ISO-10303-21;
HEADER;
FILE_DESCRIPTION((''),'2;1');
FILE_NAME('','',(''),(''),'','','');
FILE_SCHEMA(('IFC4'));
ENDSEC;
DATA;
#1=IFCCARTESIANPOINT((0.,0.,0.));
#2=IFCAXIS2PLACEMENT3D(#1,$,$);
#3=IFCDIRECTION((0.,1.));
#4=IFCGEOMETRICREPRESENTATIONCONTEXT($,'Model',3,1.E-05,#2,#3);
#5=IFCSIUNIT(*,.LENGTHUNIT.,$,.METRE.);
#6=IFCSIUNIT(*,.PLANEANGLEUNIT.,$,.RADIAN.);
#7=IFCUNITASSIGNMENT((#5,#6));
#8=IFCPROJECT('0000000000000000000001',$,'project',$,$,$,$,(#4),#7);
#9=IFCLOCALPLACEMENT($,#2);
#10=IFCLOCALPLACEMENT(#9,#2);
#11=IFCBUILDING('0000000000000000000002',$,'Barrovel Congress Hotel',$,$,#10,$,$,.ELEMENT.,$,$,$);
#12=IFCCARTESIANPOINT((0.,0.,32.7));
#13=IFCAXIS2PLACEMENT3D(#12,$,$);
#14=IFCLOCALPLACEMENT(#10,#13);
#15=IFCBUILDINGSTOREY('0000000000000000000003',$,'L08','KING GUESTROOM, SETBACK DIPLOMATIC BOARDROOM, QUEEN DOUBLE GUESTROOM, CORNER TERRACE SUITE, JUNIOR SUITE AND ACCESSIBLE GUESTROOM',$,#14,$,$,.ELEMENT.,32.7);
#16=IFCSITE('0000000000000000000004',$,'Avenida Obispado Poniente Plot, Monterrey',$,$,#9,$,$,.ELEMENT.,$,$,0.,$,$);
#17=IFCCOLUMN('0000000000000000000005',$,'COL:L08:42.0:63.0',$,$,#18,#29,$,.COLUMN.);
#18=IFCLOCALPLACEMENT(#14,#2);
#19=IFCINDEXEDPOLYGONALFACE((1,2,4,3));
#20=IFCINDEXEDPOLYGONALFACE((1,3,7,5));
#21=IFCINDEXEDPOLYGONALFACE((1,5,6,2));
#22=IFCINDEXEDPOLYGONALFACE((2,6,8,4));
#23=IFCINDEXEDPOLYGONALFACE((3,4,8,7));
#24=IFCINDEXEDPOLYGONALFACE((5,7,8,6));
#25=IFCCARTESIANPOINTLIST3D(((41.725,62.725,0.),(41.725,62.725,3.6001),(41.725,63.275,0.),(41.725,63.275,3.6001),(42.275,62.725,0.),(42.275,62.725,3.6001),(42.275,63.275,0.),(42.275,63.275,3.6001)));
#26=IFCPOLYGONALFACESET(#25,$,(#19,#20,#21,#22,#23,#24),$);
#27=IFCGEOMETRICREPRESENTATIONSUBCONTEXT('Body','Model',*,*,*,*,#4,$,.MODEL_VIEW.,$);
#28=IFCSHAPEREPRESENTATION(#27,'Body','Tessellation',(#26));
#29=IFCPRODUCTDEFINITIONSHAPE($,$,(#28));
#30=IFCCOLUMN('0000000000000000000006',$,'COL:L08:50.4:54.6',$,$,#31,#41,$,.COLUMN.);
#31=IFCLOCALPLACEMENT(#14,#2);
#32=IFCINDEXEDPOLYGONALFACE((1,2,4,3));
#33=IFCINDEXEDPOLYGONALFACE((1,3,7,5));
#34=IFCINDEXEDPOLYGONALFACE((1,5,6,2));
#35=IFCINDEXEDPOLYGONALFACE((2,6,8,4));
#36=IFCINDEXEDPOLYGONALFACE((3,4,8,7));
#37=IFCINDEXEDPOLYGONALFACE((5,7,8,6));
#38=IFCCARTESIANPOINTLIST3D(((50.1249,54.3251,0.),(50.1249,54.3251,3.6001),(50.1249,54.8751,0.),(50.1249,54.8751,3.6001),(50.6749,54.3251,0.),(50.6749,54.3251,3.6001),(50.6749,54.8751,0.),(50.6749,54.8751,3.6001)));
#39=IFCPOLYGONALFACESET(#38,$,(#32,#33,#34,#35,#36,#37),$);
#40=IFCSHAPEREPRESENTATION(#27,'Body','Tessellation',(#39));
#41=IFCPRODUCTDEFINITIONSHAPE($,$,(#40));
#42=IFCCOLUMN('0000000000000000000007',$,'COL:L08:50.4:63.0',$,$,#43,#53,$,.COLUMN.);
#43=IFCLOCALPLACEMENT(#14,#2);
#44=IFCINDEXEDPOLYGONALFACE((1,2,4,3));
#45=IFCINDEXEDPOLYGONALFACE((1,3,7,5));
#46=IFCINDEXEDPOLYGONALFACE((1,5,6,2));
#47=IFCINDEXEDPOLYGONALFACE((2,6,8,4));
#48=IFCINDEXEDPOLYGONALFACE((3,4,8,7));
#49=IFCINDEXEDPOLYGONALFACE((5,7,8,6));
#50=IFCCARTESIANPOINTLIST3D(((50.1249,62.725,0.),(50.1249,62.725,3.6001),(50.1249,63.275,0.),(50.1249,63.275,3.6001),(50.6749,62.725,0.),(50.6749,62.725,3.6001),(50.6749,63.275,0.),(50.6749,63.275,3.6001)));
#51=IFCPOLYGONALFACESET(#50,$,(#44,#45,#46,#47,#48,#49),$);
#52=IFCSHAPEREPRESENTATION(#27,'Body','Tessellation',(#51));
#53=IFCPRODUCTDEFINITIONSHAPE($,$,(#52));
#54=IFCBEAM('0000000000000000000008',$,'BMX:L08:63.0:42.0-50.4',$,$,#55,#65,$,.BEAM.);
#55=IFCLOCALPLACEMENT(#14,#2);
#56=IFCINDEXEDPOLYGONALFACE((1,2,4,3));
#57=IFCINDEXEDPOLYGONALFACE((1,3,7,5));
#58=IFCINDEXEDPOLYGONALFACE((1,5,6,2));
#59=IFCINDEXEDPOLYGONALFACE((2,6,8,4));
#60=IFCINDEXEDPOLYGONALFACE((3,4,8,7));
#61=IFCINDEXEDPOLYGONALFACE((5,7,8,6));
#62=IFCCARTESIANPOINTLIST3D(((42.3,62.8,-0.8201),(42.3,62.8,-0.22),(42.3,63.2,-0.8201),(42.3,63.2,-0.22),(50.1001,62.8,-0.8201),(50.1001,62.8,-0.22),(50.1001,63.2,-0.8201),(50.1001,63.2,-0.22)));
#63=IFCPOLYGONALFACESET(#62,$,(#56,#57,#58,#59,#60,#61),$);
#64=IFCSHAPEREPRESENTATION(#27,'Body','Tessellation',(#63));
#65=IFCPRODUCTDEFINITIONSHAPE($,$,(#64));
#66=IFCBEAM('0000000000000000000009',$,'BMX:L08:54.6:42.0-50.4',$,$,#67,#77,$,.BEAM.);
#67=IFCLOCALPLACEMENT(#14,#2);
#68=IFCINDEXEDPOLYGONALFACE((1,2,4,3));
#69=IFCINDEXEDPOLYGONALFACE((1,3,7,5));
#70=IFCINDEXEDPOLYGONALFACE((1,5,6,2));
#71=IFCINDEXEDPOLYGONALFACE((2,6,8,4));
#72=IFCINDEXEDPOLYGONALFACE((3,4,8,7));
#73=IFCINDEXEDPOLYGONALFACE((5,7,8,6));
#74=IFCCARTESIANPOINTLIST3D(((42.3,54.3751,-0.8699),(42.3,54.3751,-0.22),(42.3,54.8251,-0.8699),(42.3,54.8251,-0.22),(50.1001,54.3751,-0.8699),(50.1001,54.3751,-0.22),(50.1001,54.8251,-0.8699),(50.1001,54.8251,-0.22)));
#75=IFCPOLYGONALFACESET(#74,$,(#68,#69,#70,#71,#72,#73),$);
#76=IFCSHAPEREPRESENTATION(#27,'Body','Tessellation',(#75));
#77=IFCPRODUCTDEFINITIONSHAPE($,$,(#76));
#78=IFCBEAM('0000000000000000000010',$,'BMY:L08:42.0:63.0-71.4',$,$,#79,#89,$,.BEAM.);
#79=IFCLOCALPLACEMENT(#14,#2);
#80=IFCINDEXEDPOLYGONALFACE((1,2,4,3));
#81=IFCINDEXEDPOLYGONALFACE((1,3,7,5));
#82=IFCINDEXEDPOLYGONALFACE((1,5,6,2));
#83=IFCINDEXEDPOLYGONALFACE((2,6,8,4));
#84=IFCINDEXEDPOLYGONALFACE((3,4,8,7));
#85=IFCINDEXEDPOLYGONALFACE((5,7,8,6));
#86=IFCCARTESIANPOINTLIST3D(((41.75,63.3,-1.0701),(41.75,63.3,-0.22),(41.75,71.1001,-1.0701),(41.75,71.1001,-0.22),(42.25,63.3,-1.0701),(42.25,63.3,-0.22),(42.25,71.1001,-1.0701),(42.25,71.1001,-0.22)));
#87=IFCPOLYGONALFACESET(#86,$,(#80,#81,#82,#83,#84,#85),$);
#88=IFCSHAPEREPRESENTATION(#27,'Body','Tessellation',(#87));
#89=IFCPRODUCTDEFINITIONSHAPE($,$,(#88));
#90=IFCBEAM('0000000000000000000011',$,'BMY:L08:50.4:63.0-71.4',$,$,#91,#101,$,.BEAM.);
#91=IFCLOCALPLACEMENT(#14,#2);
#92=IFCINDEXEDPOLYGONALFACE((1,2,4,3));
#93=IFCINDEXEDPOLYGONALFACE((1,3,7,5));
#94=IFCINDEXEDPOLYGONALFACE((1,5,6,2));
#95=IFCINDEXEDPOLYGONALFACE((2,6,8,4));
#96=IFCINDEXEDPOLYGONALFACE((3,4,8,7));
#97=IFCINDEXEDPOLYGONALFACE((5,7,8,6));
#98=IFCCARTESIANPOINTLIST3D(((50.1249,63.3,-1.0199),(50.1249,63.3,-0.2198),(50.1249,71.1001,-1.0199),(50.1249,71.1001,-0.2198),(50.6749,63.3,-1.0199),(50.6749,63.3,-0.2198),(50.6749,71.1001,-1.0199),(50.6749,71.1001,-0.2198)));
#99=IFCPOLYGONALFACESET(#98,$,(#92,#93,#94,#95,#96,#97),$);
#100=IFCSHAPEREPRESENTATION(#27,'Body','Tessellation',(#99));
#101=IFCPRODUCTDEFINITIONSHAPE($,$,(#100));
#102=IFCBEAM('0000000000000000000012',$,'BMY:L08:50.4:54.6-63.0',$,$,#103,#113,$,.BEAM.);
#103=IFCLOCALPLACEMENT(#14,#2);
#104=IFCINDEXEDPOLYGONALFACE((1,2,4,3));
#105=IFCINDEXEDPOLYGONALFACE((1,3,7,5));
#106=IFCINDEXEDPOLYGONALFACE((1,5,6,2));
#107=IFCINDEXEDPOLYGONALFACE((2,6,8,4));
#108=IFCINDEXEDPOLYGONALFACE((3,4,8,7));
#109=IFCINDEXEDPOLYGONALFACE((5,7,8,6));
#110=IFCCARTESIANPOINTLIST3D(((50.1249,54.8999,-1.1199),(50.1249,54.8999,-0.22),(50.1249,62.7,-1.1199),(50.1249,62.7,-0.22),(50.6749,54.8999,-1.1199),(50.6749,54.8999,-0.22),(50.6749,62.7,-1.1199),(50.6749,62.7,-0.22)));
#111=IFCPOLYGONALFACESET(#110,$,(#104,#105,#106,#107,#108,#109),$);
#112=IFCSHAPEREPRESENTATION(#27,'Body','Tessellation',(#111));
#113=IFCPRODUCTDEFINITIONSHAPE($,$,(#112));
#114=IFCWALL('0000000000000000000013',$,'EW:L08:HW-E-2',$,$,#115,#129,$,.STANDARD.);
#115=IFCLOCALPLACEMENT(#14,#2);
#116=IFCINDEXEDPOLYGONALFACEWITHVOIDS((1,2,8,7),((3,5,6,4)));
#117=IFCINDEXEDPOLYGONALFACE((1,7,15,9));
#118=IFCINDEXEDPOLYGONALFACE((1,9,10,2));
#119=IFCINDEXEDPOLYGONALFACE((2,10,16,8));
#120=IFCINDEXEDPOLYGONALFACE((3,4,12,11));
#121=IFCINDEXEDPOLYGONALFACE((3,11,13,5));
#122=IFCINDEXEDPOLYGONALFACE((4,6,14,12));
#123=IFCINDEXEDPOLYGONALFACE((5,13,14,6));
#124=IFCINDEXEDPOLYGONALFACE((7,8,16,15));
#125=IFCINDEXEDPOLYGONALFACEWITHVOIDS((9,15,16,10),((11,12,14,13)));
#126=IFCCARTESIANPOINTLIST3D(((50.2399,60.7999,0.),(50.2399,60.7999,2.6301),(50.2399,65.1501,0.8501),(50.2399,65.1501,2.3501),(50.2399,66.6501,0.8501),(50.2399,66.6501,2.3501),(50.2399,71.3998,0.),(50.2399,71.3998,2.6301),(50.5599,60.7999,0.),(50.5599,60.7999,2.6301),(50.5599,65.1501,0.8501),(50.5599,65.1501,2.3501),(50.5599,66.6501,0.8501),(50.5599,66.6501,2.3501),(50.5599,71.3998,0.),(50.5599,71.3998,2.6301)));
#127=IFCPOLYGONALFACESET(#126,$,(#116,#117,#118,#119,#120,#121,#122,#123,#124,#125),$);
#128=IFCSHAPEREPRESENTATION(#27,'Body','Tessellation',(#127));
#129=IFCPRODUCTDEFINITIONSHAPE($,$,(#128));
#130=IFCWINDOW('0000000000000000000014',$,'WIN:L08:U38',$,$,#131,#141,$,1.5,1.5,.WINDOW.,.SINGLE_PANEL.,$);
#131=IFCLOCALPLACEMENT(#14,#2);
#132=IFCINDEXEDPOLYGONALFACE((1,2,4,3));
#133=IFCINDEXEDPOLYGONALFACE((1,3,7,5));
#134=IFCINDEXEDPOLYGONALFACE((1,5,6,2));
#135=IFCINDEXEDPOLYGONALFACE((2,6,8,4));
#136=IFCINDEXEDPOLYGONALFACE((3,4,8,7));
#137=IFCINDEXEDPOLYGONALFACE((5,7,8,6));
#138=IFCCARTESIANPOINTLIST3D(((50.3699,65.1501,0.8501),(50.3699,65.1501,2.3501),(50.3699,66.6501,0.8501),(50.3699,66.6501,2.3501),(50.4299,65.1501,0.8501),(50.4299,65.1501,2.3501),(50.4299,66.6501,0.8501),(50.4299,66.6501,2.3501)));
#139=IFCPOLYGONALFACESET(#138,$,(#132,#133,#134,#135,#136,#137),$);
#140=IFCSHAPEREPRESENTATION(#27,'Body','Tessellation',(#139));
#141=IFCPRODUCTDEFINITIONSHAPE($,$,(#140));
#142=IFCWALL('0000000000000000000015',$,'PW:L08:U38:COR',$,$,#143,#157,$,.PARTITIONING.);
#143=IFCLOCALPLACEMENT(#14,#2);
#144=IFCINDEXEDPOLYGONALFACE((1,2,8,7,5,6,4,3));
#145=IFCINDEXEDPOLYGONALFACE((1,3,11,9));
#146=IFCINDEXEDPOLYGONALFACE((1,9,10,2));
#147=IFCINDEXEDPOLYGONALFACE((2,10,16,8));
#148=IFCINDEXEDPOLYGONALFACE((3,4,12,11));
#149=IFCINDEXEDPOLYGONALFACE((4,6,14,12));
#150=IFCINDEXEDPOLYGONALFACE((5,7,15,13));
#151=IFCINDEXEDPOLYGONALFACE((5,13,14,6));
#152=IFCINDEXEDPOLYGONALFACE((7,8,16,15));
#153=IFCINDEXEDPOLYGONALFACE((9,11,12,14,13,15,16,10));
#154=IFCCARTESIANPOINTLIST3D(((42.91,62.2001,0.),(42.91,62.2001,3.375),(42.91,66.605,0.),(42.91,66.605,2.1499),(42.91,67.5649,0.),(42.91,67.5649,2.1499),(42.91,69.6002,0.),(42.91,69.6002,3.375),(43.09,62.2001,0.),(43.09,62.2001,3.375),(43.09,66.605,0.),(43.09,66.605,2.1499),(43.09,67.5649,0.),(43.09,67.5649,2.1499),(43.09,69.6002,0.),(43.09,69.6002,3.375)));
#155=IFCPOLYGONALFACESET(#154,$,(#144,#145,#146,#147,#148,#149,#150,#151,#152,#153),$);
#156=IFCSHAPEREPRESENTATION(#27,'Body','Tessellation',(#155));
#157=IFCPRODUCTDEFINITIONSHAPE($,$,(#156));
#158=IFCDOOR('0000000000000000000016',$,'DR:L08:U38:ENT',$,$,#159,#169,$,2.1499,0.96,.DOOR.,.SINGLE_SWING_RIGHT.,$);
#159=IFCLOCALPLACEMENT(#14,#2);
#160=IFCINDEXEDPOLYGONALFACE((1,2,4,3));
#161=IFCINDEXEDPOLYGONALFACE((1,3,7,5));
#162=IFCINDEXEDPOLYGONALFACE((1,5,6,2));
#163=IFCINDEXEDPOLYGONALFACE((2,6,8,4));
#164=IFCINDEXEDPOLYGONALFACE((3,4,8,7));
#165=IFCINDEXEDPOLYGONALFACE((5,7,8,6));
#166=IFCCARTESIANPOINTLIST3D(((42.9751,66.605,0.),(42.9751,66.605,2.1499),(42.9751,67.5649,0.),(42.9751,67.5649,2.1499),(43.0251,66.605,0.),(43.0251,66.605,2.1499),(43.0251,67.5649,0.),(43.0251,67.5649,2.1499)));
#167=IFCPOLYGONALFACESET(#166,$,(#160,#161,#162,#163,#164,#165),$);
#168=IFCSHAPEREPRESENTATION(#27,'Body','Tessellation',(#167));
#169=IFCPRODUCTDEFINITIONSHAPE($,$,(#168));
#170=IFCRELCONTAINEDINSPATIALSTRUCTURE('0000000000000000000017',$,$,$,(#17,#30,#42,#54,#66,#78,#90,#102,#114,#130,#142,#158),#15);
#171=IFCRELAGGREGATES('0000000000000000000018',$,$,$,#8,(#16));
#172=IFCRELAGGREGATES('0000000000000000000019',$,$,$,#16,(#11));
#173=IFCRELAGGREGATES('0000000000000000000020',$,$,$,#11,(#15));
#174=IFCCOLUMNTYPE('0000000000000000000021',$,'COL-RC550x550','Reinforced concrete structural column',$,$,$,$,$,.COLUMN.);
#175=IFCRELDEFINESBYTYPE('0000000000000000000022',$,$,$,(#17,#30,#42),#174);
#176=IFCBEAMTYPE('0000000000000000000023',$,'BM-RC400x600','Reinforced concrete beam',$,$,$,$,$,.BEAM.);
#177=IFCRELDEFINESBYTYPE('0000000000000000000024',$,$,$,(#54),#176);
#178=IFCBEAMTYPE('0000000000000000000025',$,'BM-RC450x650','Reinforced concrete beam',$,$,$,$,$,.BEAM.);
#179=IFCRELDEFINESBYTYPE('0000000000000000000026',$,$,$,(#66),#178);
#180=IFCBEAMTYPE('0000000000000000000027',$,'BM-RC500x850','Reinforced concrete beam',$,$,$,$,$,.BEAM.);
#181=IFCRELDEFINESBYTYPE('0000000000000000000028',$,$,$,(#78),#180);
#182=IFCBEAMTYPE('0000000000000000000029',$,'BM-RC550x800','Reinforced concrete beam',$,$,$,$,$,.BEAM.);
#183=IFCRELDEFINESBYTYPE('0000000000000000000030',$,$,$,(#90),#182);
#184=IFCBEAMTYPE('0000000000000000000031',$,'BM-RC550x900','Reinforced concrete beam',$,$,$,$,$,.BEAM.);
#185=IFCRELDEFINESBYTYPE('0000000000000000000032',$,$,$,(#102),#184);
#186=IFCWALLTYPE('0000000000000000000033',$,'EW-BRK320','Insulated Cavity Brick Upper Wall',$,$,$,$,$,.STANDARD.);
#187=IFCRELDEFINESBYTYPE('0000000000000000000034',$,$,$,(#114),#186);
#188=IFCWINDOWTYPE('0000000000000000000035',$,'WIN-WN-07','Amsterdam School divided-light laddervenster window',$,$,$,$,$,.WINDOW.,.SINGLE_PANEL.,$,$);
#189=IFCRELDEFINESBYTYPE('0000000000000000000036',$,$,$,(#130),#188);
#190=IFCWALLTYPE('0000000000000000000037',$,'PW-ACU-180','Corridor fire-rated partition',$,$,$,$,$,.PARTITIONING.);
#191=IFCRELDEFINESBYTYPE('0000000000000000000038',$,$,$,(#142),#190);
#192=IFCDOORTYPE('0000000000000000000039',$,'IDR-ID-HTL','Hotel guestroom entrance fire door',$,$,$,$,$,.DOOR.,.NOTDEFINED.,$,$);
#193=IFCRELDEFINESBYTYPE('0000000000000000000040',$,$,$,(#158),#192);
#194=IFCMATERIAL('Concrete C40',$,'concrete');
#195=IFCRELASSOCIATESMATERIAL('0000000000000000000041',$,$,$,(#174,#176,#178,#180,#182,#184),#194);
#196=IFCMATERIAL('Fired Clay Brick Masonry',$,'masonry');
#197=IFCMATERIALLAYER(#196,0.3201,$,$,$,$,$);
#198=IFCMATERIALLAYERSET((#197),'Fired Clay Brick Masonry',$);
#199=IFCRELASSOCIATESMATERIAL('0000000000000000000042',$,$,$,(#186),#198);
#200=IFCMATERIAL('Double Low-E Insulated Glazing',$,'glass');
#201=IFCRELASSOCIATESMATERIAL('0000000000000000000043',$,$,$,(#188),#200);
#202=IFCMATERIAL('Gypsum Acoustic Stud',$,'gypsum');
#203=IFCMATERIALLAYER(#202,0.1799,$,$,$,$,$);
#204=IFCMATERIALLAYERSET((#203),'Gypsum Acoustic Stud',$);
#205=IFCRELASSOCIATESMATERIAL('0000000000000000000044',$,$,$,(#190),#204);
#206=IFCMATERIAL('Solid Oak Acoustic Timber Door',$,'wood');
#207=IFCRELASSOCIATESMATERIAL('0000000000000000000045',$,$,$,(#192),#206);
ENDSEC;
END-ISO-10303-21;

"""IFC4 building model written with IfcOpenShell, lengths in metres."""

from ifc_helpers import new_model, si_unit, direction, frame, frame_2d, origin, origin_2d, place, context, subcontext, project, spatial, rectangle, extrude, material, layer, layer_set, material_profile, profile_set, type_object, element, fill, save


model = new_model("IFC4")

# Units and contexts
model_context = context("Model", 3, precision=1e-05, world=origin(), true_north=direction((0.0, 1.0)))
body_context = subcontext(model_context, "Body", "Model", "MODEL_VIEW")
ifc_project = project(units=[si_unit("LENGTHUNIT", "METRE"), si_unit("PLANEANGLEUNIT", "RADIAN")], contexts=[model_context])

# Site, building, storey
site_placement = place(None, origin())
site = spatial("IfcSite", under=ifc_project, at=site_placement, Name="Avenida Obispado Poniente Plot, Monterrey", CompositionType="ELEMENT", RefElevation=0.0)
building_placement = place(site_placement, origin())
building = spatial("IfcBuilding", under=site, at=building_placement, Name="Barrovel Congress Hotel", CompositionType="ELEMENT")
storey_placement = place(building_placement, frame((0.0, 0.0, 32.7)))
storey = spatial("IfcBuildingStorey", under=building, at=storey_placement, Name="L08", Description="KING GUESTROOM, SETBACK DIPLOMATIC BOARDROOM, QUEEN DOUBLE GUESTROOM, CORNER TERRACE SUITE, JUNIOR SUITE AND ACCESSIBLE GUESTROOM", CompositionType="ELEMENT", Elevation=32.7)

# Columns
ifc_material_1 = material(Name="Concrete C40", Category="concrete")
ifc_material_profile_1 = material_profile(ifc_material_1, rectangle(XDim=0.55, YDim=0.55, at=origin_2d()), Name="RC550x550")
ifc_profile_set_1 = profile_set([ifc_material_profile_1], Name="Concrete C40")
column_type = type_object("IfcColumnType", Name="COL-RC550x550", Description="Reinforced concrete structural column", PredefinedType="COLUMN", material=ifc_profile_set_1)
for number, where, z_axis, x_axis, name in (
    (1, (42.0, 63.0, 0.0), (0.0, 0.0, 1.0), (1.0, 0.0, 0.0), "COL:L08:42.0:63.0"),
    (2, (50.3999, 54.6001, 0.0), (0.0, 0.0, 1.0), (1.0, 0.0, 0.0), "COL:L08:50.4:54.6"),
    (3, (50.3999, 63.0, 0.0), (0.0, 0.0, 1.0), (1.0, 0.0, 0.0), "COL:L08:50.4:63.0"),
):
    element("IfcColumn", number, at=place(storey_placement, frame(where, z_axis=z_axis, x_axis=x_axis)), inside=storey, type_object=column_type, Name=name, PredefinedType="COLUMN", context=body_context, shape_type="SweptSolid", body=[
        extrude(rectangle(XDim=0.55, YDim=0.55, at=origin_2d()), origin(), (0.0, 0.0, 1.0), 3.6001),
    ])

# Beams
ifc_material_profile_2 = material_profile(ifc_material_1, rectangle(XDim=0.3999, YDim=0.6001, at=origin_2d()), Name="RC400x600")
ifc_profile_set_2 = profile_set([ifc_material_profile_2], Name="Concrete C40")
beam_type_1 = type_object("IfcBeamType", Name="BM-RC400x600", Description="Reinforced concrete beam", PredefinedType="BEAM", material=ifc_profile_set_2)
beam_1_placement = place(storey_placement, frame((42.3, 63.0, -0.52), z_axis=(1.0, 0.0, 0.0), x_axis=(0.0, 1.0, 0.0)))
element("IfcBeam", 4, at=beam_1_placement, inside=storey, type_object=beam_type_1, Name="BMX:L08:63.0:42.0-50.4", PredefinedType="BEAM", context=body_context, shape_type="SweptSolid", body=[
    extrude(rectangle(XDim=0.3999, YDim=0.6001, at=origin_2d()), origin(), (0.0, 0.0, 1.0), 7.8),
])
ifc_material_profile_3 = material_profile(ifc_material_1, rectangle(XDim=0.45, YDim=0.6499, at=origin_2d()), Name="RC450x650")
ifc_profile_set_3 = profile_set([ifc_material_profile_3], Name="Concrete C40")
beam_type_2 = type_object("IfcBeamType", Name="BM-RC450x650", Description="Reinforced concrete beam", PredefinedType="BEAM", material=ifc_profile_set_3)
beam_2_placement = place(storey_placement, frame((42.3, 54.6001, -0.5449), z_axis=(1.0, 0.0, 0.0), x_axis=(0.0, 1.0, 0.0)))
element("IfcBeam", 5, at=beam_2_placement, inside=storey, type_object=beam_type_2, Name="BMX:L08:54.6:42.0-50.4", PredefinedType="BEAM", context=body_context, shape_type="SweptSolid", body=[
    extrude(rectangle(XDim=0.45, YDim=0.6499, at=origin_2d()), origin(), (0.0, 0.0, 1.0), 7.8),
])
ifc_material_profile_4 = material_profile(ifc_material_1, rectangle(XDim=0.5, YDim=0.8501, at=origin_2d()), Name="RC500x850")
ifc_profile_set_4 = profile_set([ifc_material_profile_4], Name="Concrete C40")
beam_type_3 = type_object("IfcBeamType", Name="BM-RC500x850", Description="Reinforced concrete beam", PredefinedType="BEAM", material=ifc_profile_set_4)
beam_3_placement = place(storey_placement, frame((42.0, 63.3, -0.645), z_axis=(0.0, 1.0, 0.0), x_axis=(-1.0, 0.0, 0.0)))
element("IfcBeam", 6, at=beam_3_placement, inside=storey, type_object=beam_type_3, Name="BMY:L08:42.0:63.0-71.4", PredefinedType="BEAM", context=body_context, shape_type="SweptSolid", body=[
    extrude(rectangle(XDim=0.5, YDim=0.8501, at=origin_2d()), origin(), (0.0, 0.0, 1.0), 7.8),
])
ifc_material_profile_5 = material_profile(ifc_material_1, rectangle(XDim=0.55, YDim=0.8, at=origin_2d()), Name="RC550x800")
ifc_profile_set_5 = profile_set([ifc_material_profile_5], Name="Concrete C40")
beam_type_4 = type_object("IfcBeamType", Name="BM-RC550x800", Description="Reinforced concrete beam", PredefinedType="BEAM", material=ifc_profile_set_5)
beam_4_placement = place(storey_placement, frame((50.3999, 63.3, -0.6199), z_axis=(0.0, 1.0, 0.0), x_axis=(-1.0, 0.0, 0.0)))
element("IfcBeam", 7, at=beam_4_placement, inside=storey, type_object=beam_type_4, Name="BMY:L08:50.4:63.0-71.4", PredefinedType="BEAM", context=body_context, shape_type="SweptSolid", body=[
    extrude(rectangle(XDim=0.55, YDim=0.8, at=origin_2d()), origin(), (0.0, 0.0, 1.0), 7.8),
])
ifc_material_profile_6 = material_profile(ifc_material_1, rectangle(XDim=0.55, YDim=0.8999, at=origin_2d()), Name="RC550x900")
ifc_profile_set_6 = profile_set([ifc_material_profile_6], Name="Concrete C40")
beam_type_5 = type_object("IfcBeamType", Name="BM-RC550x900", Description="Reinforced concrete beam", PredefinedType="BEAM", material=ifc_profile_set_6)
beam_5_placement = place(storey_placement, frame((50.3999, 54.8999, -0.6699), z_axis=(0.0, 1.0, 0.0), x_axis=(-1.0, 0.0, 0.0)))
element("IfcBeam", 8, at=beam_5_placement, inside=storey, type_object=beam_type_5, Name="BMY:L08:50.4:54.6-63.0", PredefinedType="BEAM", context=body_context, shape_type="SweptSolid", body=[
    extrude(rectangle(XDim=0.55, YDim=0.8999, at=origin_2d()), origin(), (0.0, 0.0, 1.0), 7.8),
])

# Wall, opening, window
ifc_material_2 = material(Name="Fired Clay Brick Masonry", Category="masonry")
ifc_layer_1 = layer(ifc_material_2, 0.3201)
ifc_layer_set_1 = layer_set([ifc_layer_1], Name="Fired Clay Brick Masonry")
wall_type_1 = type_object("IfcWallType", Name="EW-BRK320", Description="Insulated Cavity Brick Upper Wall", PredefinedType="STANDARD", material=ifc_layer_set_1)
wall_1_placement = place(storey_placement, frame((50.3999, 60.8, 0.0), z_axis=(0.0, 0.0, 1.0), x_axis=(0.0, 1.0, 0.0)))
wall_1 = element("IfcWall", 9, at=wall_1_placement, inside=storey, type_object=wall_type_1, Name="EW:L08:HW-E-2", PredefinedType="STANDARD", context=body_context, shape_type="SweptSolid", body=[
    extrude(rectangle(XDim=10.5999, YDim=0.3201, at=frame_2d((5.2998, 0.0))), origin(), (0.0, 0.0, 1.0), 2.6301),
])
opening_1_placement = place(wall_1_placement, frame((4.3501, 0.0, 0.8501)))
opening_1 = element("IfcOpeningElement", 10, at=opening_1_placement, cuts=wall_1, PredefinedType="OPENING", context=body_context, shape_type="SweptSolid", body=[
    extrude(rectangle(XDim=1.5, YDim=1.5, at=frame_2d((0.75, 0.75))), frame((0.0, 0.1699, 0.0), z_axis=(0.0, -1.0, 0.0), x_axis=(1.0, 0.0, 0.0)), (0.0, 0.0, 1.0), 0.3401),
])
ifc_material_3 = material(Name="Double Low-E Insulated Glazing", Category="glass")
window_type = type_object("IfcWindowType", Name="WIN-WN-07", Description="Amsterdam School divided-light laddervenster window", PartitioningType="SINGLE_PANEL", PredefinedType="WINDOW", material=ifc_material_3)
window_placement = place(opening_1_placement, origin())
window = element("IfcWindow", 11, at=window_placement, inside=storey, type_object=window_type, Name="WIN:L08:U38", OverallHeight=1.5, OverallWidth=1.5, PartitioningType="SINGLE_PANEL", PredefinedType="WINDOW", context=body_context, shape_type="SweptSolid", body=[
    extrude(rectangle(XDim=1.5, YDim=1.5, at=frame_2d((0.75, 0.75))), frame((0.0, 0.03, 0.0), z_axis=(0.0, -1.0, 0.0), x_axis=(1.0, 0.0, 0.0)), (0.0, 0.0, 1.0), 0.0601),
])
fill(opening_1, window)

# Wall, opening, door
ifc_material_4 = material(Name="Gypsum Acoustic Stud", Category="gypsum")
ifc_layer_2 = layer(ifc_material_4, 0.1799)
ifc_layer_set_2 = layer_set([ifc_layer_2], Name="Gypsum Acoustic Stud")
wall_type_2 = type_object("IfcWallType", Name="PW-ACU-180", Description="Corridor fire-rated partition", PredefinedType="PARTITIONING", material=ifc_layer_set_2)
wall_2_placement = place(storey_placement, frame((43.0, 62.2, 0.0), z_axis=(0.0, 0.0, 1.0), x_axis=(0.0, 1.0, 0.0)))
wall_2 = element("IfcWall", 12, at=wall_2_placement, inside=storey, type_object=wall_type_2, Name="PW:L08:U38:COR", PredefinedType="PARTITIONING", context=body_context, shape_type="SweptSolid", body=[
    extrude(rectangle(XDim=7.4001, YDim=0.1799, at=frame_2d((3.7002, 0.0))), origin(), (0.0, 0.0, 1.0), 3.375),
])
opening_2_placement = place(wall_2_placement, frame((4.405, 0.0, 0.0)))
opening_2 = element("IfcOpeningElement", 13, at=opening_2_placement, cuts=wall_2, PredefinedType="OPENING", context=body_context, shape_type="SweptSolid", body=[
    extrude(rectangle(XDim=0.96, YDim=2.1499, at=frame_2d((0.48, 1.075))), frame((0.0, 0.1001, 0.0), z_axis=(0.0, -1.0, 0.0), x_axis=(1.0, 0.0, 0.0)), (0.0, 0.0, 1.0), 0.2),
])
ifc_material_5 = material(Name="Solid Oak Acoustic Timber Door", Category="wood")
door_type_1 = type_object("IfcDoorType", Name="IDR-ID-HTL", Description="Hotel guestroom entrance fire door", OperationType="NOTDEFINED", PredefinedType="DOOR", material=ifc_material_5)
door_1_placement = place(opening_2_placement, origin())
door_1 = element("IfcDoor", 14, at=door_1_placement, inside=storey, type_object=door_type_1, Name="DR:L08:U38:ENT", OperationType="SINGLE_SWING_RIGHT", OverallHeight=2.1499, OverallWidth=0.96, PredefinedType="DOOR", context=body_context, shape_type="SweptSolid", body=[
    extrude(rectangle(XDim=0.96, YDim=2.1499, at=frame_2d((0.48, 1.075))), frame((0.0, 0.0249, 0.0), z_axis=(0.0, -1.0, 0.0), x_axis=(1.0, 0.0, 0.0)), (0.0, 0.0, 1.0), 0.05),
])
fill(opening_2, door_1)

save(model, "model.ifc")
